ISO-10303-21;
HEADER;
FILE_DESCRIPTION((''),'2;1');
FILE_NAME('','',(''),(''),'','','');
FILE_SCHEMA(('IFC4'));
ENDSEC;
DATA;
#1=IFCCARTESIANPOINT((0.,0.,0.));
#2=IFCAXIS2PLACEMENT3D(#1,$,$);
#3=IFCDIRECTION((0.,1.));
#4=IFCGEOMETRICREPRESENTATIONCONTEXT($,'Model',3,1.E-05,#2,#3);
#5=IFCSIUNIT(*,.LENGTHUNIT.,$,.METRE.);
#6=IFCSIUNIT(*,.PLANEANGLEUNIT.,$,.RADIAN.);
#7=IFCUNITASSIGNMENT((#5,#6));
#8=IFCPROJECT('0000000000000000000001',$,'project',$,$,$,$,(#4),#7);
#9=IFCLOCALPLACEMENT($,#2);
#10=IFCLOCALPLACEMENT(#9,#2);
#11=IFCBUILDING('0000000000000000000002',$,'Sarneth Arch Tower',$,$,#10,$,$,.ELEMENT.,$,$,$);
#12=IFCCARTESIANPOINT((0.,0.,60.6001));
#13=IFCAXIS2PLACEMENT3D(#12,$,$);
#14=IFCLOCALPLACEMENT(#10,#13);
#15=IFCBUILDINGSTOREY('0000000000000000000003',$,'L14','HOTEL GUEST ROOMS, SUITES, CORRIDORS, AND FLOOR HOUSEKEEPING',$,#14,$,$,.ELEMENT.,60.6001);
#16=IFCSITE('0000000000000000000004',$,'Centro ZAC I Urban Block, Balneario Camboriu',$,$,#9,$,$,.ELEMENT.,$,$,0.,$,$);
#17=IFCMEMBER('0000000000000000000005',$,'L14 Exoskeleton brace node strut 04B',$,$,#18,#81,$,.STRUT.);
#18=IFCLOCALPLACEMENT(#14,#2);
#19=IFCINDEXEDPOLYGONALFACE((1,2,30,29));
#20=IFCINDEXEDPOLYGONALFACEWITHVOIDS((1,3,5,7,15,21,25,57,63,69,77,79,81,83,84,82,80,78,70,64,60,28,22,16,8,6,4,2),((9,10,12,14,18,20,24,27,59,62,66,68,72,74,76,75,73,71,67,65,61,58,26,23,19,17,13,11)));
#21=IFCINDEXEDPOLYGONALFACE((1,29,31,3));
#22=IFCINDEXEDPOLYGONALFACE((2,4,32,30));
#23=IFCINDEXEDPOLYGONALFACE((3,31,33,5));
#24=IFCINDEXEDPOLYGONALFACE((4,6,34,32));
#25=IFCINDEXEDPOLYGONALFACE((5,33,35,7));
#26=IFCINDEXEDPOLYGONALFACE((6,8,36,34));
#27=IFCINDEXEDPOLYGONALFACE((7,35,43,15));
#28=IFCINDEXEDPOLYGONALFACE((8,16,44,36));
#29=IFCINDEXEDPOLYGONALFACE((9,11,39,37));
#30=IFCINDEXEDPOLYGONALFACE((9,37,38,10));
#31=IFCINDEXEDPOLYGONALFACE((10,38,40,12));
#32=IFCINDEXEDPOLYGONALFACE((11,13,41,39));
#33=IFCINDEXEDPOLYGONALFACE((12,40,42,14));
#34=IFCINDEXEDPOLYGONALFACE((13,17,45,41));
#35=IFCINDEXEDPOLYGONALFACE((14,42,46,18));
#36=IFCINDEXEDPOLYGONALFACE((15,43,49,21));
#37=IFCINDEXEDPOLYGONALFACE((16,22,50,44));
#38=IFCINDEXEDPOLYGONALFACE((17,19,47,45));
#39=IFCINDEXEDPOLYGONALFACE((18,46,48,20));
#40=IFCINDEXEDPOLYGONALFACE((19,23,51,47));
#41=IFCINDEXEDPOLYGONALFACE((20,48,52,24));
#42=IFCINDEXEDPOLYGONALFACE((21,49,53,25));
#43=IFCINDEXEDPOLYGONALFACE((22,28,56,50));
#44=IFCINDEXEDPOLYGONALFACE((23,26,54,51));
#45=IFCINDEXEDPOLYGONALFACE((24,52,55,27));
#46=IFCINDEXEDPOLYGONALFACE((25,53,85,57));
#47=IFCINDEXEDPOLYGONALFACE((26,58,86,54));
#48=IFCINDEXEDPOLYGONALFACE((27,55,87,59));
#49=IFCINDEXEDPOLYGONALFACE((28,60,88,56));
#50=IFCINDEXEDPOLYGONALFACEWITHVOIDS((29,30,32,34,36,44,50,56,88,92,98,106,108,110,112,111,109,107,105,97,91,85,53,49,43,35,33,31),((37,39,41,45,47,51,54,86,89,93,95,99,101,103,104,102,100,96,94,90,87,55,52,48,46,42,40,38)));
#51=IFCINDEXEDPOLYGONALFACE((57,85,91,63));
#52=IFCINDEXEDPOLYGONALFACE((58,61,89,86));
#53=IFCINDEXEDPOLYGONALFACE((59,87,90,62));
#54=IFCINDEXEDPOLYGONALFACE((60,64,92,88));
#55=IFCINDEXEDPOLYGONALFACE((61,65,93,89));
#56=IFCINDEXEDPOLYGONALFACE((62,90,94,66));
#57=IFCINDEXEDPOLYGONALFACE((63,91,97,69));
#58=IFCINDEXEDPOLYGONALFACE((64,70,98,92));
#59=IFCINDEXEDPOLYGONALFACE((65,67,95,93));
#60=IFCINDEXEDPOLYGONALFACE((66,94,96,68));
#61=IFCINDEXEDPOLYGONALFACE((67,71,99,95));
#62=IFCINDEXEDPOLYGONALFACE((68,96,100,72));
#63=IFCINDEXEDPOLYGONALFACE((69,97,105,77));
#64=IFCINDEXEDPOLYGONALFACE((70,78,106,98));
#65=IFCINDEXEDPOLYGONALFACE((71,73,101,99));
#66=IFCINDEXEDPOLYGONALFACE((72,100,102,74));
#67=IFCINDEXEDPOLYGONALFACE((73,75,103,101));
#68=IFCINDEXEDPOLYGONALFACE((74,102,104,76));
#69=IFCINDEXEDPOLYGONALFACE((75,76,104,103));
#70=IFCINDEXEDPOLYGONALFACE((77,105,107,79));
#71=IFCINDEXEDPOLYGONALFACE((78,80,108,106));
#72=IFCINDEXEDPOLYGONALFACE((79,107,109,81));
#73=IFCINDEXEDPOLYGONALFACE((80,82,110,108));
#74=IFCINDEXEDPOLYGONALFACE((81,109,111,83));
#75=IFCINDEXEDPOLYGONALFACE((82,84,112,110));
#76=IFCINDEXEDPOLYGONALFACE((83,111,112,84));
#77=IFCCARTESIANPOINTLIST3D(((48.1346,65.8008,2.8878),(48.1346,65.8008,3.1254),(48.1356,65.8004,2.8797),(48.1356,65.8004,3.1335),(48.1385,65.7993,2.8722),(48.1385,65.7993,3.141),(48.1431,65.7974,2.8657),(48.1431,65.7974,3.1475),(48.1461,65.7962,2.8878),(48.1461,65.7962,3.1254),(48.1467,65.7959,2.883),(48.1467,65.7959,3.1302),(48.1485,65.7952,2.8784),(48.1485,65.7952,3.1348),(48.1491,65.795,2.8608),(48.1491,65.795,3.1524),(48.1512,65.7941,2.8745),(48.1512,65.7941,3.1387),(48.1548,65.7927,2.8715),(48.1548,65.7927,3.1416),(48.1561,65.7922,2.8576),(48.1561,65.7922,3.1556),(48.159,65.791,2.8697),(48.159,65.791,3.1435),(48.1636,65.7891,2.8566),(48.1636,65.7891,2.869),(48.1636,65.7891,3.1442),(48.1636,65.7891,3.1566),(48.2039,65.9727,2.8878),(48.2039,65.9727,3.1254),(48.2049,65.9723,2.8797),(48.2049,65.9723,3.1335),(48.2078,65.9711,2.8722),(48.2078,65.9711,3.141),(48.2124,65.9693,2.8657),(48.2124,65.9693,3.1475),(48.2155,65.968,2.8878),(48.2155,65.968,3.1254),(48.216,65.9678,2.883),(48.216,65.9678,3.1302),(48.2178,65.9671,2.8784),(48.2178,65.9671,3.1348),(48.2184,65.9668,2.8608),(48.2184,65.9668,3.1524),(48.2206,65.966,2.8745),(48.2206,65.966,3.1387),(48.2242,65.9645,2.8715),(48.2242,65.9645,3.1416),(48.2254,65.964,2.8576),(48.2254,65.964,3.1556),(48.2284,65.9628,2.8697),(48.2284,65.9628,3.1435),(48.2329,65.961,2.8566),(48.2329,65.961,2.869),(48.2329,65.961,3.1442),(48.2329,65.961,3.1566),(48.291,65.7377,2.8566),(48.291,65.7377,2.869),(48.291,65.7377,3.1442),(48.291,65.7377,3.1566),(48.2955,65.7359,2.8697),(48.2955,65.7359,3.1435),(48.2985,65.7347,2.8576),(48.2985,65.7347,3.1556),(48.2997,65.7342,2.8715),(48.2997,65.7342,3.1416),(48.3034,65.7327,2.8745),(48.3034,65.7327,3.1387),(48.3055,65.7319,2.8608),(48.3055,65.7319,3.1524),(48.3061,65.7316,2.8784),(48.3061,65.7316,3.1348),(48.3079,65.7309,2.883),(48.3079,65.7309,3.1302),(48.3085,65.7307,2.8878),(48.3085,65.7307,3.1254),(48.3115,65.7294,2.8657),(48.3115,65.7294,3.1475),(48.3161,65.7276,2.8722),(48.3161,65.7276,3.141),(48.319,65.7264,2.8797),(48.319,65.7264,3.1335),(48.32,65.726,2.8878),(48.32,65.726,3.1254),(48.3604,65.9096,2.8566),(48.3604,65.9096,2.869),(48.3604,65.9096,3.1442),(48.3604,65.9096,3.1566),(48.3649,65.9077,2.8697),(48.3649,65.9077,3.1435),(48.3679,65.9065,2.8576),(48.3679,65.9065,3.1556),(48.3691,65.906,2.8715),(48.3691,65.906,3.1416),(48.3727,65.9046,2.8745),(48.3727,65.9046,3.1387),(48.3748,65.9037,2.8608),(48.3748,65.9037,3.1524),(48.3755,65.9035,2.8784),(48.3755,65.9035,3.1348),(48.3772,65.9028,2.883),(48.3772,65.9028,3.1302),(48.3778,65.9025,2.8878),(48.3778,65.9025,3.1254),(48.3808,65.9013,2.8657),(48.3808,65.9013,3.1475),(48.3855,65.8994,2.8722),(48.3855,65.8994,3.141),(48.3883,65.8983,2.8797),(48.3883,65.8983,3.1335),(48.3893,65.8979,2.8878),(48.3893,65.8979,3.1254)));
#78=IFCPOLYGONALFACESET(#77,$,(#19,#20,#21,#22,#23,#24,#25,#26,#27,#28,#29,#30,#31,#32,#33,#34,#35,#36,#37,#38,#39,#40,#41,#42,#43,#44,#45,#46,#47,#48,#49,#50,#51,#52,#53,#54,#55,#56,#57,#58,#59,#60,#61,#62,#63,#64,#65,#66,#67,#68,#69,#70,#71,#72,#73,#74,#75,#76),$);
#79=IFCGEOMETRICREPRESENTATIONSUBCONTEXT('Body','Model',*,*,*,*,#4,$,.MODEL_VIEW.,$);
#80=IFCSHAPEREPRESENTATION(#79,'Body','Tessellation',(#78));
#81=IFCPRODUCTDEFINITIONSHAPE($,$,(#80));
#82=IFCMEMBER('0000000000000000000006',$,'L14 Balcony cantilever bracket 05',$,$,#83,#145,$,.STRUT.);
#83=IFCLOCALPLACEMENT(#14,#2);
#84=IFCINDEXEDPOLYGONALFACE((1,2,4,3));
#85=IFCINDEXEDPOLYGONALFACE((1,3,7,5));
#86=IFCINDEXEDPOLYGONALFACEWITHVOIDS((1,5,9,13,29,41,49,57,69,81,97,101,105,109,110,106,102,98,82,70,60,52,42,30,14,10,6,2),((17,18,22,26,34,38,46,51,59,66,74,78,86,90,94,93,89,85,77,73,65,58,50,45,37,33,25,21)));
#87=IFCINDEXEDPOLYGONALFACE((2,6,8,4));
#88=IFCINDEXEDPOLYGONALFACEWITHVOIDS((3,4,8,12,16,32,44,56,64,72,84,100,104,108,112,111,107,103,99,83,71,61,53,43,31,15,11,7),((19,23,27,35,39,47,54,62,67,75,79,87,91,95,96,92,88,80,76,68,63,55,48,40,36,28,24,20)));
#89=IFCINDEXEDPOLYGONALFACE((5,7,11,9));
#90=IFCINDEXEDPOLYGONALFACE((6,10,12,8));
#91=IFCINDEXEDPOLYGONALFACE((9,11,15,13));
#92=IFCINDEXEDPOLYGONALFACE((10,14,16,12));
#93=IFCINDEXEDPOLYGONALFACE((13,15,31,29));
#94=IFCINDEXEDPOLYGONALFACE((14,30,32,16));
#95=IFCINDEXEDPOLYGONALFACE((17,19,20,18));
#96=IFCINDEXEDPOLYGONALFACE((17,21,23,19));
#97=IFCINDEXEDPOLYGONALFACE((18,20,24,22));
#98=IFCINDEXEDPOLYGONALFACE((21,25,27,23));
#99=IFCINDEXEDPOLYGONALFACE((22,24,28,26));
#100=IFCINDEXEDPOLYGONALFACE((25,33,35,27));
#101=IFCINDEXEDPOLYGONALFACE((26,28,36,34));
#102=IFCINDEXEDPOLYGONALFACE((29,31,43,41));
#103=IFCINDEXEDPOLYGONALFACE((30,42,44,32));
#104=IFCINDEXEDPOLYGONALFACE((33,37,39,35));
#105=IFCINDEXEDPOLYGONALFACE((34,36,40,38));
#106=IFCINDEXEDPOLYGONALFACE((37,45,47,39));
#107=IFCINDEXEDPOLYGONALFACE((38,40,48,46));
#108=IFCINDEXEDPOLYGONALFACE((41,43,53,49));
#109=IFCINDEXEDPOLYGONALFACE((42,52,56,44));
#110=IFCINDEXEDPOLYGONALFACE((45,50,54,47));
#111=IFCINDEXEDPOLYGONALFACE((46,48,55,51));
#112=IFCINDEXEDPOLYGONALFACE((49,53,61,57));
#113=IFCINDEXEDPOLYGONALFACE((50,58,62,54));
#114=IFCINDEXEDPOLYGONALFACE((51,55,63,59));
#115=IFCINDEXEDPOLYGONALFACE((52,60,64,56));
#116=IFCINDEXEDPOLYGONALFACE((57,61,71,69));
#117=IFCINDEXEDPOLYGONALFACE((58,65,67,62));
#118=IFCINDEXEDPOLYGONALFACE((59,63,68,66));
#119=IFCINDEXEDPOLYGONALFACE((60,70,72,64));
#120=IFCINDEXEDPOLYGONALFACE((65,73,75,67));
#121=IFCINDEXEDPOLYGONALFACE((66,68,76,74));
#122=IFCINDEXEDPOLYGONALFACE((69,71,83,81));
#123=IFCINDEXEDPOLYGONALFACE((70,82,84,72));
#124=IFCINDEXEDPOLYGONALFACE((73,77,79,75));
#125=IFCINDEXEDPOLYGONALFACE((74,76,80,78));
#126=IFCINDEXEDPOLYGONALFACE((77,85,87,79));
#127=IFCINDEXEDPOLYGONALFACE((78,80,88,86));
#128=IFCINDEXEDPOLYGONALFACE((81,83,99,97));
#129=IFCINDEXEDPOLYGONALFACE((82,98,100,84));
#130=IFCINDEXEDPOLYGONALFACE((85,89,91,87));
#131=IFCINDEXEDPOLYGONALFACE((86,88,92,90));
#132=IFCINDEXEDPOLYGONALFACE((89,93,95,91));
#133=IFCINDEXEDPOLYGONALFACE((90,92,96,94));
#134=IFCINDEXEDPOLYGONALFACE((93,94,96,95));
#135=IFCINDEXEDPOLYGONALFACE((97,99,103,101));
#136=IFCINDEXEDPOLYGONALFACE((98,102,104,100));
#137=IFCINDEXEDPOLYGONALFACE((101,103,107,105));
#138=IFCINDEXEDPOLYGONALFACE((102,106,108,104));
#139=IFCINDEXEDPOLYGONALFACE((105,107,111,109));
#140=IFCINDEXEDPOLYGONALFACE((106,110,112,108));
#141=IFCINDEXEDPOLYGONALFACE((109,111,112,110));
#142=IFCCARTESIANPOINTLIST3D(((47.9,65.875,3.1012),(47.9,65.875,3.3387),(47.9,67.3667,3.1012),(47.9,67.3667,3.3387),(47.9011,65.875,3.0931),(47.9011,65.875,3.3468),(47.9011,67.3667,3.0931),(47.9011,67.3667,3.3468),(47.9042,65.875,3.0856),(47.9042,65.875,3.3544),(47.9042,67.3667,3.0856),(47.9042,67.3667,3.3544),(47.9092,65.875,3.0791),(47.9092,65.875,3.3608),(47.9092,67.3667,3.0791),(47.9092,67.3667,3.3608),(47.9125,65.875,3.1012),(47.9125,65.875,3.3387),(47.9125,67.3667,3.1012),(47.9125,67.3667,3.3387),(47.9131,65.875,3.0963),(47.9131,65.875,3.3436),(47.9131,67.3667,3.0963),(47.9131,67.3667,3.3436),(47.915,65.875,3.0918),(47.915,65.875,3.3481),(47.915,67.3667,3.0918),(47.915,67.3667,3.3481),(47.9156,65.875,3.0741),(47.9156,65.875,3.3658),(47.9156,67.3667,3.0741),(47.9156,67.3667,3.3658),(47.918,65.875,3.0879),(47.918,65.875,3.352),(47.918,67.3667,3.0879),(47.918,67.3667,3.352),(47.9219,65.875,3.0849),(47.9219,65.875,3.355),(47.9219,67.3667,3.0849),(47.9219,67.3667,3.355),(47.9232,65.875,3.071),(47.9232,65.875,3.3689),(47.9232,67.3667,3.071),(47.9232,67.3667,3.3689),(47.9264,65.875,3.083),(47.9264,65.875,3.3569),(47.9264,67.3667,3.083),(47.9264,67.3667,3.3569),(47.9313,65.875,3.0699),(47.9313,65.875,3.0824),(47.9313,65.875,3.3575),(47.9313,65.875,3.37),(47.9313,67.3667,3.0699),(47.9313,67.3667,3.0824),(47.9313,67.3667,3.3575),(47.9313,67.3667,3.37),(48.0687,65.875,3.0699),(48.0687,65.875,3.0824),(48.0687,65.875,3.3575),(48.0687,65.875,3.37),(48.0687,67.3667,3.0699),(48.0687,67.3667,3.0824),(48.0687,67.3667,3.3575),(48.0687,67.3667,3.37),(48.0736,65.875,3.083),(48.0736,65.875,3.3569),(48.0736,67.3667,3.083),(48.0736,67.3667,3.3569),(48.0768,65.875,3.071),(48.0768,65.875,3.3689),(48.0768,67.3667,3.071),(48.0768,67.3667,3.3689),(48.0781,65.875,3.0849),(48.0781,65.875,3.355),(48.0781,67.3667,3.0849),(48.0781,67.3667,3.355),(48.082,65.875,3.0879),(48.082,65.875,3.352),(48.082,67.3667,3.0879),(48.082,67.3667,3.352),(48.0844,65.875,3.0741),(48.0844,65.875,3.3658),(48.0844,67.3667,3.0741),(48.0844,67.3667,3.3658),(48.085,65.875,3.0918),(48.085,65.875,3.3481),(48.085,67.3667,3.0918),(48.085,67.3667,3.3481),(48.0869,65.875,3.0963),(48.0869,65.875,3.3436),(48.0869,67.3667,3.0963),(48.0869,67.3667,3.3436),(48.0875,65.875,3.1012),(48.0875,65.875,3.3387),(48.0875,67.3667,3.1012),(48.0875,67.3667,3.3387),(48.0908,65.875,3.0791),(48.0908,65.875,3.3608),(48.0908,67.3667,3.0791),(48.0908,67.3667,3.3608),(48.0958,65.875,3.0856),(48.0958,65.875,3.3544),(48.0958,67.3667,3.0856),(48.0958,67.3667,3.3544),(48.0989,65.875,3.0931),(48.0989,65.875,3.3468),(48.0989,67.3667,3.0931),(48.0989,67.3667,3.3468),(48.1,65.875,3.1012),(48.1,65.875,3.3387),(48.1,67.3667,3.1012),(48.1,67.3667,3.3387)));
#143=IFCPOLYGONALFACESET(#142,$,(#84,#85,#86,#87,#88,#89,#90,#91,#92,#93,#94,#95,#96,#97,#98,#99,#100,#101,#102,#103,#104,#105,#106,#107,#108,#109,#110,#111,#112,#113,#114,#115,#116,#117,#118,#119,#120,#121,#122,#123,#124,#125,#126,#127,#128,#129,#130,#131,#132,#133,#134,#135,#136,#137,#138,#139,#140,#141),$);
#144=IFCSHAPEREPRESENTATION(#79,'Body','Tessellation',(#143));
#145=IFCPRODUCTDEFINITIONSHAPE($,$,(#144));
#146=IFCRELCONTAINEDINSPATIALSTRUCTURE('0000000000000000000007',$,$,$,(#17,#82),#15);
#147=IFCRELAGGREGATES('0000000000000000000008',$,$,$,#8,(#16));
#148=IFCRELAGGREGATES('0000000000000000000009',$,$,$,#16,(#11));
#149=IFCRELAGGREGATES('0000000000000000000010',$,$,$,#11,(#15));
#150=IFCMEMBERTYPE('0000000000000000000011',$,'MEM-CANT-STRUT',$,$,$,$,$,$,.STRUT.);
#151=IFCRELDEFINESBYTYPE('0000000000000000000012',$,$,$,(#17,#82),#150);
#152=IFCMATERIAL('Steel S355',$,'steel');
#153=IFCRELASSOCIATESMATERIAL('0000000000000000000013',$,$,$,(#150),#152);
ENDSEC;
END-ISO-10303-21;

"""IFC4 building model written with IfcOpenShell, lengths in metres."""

from ifc_helpers import new_model, si_unit, direction, frame, origin, origin_2d, place, context, subcontext, project, spatial, hollow_rectangle, extrude, material, material_profile, profile_set, type_object, element, save


model = new_model("IFC4")

# Units and contexts
model_context = context("Model", 3, precision=1e-05, world=origin(), true_north=direction((0.0, 1.0)))
body_context = subcontext(model_context, "Body", "Model", "MODEL_VIEW")
ifc_project = project(units=[si_unit("LENGTHUNIT", "METRE"), si_unit("PLANEANGLEUNIT", "RADIAN")], contexts=[model_context])

# Site, building, storey
site_placement = place(None, origin())
site = spatial("IfcSite", under=ifc_project, at=site_placement, Name="Centro ZAC I Urban Block, Balneario Camboriu", CompositionType="ELEMENT", RefElevation=0.0)
building_placement = place(site_placement, origin())
building = spatial("IfcBuilding", under=site, at=building_placement, Name="Sarneth Arch Tower", CompositionType="ELEMENT")
storey_placement = place(building_placement, frame((0.0, 0.0, 60.6001)))
storey = spatial("IfcBuildingStorey", under=building, at=storey_placement, Name="L14", Description="HOTEL GUEST ROOMS, SUITES, CORRIDORS, AND FLOOR HOUSEKEEPING", CompositionType="ELEMENT", Elevation=60.6001)

# Members
ifc_material_1 = material(Name="Steel S355", Category="steel")
ifc_material_profile_1 = material_profile(ifc_material_1, hollow_rectangle(XDim=0.2, YDim=0.3, WallThickness=0.0125, InnerFilletRadius=0.0188, OuterFilletRadius=0.0312, at=origin_2d()), Name="RHS300x200x12.5")
ifc_profile_set_1 = profile_set([ifc_material_profile_1], Name="Steel S355")
member_type_1 = type_object("IfcMemberType", Name="MEM-CANT-STRUT", PredefinedType="STRUT", material=ifc_profile_set_1)
member_1_placement = place(storey_placement, frame((48.2273, 65.7634, 3.0066), z_axis=(0.374115, 0.927383, 0.0), x_axis=(-0.927383, 0.374115, 0.0)))
element("IfcMember", 1, at=member_1_placement, inside=storey, type_object=member_type_1, Name="L14 Exoskeleton brace node strut 04B", PredefinedType="STRUT", context=body_context, shape_type="SweptSolid", body=[
    extrude(hollow_rectangle(XDim=0.2, YDim=0.3, WallThickness=0.0125, InnerFilletRadius=0.0188, OuterFilletRadius=0.0312, at=origin_2d()), origin(), (0.0, 0.0, 1.0), 0.1853),
])
member_2_placement = place(storey_placement, frame((48.0, 65.875, 3.22), z_axis=(0.0, 1.0, 0.0), x_axis=(-1.0, 0.0, 0.0)))
element("IfcMember", 2, at=member_2_placement, inside=storey, type_object=member_type_1, Name="L14 Balcony cantilever bracket 05", PredefinedType="STRUT", context=body_context, shape_type="SweptSolid", body=[
    extrude(hollow_rectangle(XDim=0.2, YDim=0.3, WallThickness=0.0125, InnerFilletRadius=0.0188, OuterFilletRadius=0.0312, at=origin_2d()), origin(), (0.0, 0.0, 1.0), 1.4917),
])

save(model, "model.ifc")
